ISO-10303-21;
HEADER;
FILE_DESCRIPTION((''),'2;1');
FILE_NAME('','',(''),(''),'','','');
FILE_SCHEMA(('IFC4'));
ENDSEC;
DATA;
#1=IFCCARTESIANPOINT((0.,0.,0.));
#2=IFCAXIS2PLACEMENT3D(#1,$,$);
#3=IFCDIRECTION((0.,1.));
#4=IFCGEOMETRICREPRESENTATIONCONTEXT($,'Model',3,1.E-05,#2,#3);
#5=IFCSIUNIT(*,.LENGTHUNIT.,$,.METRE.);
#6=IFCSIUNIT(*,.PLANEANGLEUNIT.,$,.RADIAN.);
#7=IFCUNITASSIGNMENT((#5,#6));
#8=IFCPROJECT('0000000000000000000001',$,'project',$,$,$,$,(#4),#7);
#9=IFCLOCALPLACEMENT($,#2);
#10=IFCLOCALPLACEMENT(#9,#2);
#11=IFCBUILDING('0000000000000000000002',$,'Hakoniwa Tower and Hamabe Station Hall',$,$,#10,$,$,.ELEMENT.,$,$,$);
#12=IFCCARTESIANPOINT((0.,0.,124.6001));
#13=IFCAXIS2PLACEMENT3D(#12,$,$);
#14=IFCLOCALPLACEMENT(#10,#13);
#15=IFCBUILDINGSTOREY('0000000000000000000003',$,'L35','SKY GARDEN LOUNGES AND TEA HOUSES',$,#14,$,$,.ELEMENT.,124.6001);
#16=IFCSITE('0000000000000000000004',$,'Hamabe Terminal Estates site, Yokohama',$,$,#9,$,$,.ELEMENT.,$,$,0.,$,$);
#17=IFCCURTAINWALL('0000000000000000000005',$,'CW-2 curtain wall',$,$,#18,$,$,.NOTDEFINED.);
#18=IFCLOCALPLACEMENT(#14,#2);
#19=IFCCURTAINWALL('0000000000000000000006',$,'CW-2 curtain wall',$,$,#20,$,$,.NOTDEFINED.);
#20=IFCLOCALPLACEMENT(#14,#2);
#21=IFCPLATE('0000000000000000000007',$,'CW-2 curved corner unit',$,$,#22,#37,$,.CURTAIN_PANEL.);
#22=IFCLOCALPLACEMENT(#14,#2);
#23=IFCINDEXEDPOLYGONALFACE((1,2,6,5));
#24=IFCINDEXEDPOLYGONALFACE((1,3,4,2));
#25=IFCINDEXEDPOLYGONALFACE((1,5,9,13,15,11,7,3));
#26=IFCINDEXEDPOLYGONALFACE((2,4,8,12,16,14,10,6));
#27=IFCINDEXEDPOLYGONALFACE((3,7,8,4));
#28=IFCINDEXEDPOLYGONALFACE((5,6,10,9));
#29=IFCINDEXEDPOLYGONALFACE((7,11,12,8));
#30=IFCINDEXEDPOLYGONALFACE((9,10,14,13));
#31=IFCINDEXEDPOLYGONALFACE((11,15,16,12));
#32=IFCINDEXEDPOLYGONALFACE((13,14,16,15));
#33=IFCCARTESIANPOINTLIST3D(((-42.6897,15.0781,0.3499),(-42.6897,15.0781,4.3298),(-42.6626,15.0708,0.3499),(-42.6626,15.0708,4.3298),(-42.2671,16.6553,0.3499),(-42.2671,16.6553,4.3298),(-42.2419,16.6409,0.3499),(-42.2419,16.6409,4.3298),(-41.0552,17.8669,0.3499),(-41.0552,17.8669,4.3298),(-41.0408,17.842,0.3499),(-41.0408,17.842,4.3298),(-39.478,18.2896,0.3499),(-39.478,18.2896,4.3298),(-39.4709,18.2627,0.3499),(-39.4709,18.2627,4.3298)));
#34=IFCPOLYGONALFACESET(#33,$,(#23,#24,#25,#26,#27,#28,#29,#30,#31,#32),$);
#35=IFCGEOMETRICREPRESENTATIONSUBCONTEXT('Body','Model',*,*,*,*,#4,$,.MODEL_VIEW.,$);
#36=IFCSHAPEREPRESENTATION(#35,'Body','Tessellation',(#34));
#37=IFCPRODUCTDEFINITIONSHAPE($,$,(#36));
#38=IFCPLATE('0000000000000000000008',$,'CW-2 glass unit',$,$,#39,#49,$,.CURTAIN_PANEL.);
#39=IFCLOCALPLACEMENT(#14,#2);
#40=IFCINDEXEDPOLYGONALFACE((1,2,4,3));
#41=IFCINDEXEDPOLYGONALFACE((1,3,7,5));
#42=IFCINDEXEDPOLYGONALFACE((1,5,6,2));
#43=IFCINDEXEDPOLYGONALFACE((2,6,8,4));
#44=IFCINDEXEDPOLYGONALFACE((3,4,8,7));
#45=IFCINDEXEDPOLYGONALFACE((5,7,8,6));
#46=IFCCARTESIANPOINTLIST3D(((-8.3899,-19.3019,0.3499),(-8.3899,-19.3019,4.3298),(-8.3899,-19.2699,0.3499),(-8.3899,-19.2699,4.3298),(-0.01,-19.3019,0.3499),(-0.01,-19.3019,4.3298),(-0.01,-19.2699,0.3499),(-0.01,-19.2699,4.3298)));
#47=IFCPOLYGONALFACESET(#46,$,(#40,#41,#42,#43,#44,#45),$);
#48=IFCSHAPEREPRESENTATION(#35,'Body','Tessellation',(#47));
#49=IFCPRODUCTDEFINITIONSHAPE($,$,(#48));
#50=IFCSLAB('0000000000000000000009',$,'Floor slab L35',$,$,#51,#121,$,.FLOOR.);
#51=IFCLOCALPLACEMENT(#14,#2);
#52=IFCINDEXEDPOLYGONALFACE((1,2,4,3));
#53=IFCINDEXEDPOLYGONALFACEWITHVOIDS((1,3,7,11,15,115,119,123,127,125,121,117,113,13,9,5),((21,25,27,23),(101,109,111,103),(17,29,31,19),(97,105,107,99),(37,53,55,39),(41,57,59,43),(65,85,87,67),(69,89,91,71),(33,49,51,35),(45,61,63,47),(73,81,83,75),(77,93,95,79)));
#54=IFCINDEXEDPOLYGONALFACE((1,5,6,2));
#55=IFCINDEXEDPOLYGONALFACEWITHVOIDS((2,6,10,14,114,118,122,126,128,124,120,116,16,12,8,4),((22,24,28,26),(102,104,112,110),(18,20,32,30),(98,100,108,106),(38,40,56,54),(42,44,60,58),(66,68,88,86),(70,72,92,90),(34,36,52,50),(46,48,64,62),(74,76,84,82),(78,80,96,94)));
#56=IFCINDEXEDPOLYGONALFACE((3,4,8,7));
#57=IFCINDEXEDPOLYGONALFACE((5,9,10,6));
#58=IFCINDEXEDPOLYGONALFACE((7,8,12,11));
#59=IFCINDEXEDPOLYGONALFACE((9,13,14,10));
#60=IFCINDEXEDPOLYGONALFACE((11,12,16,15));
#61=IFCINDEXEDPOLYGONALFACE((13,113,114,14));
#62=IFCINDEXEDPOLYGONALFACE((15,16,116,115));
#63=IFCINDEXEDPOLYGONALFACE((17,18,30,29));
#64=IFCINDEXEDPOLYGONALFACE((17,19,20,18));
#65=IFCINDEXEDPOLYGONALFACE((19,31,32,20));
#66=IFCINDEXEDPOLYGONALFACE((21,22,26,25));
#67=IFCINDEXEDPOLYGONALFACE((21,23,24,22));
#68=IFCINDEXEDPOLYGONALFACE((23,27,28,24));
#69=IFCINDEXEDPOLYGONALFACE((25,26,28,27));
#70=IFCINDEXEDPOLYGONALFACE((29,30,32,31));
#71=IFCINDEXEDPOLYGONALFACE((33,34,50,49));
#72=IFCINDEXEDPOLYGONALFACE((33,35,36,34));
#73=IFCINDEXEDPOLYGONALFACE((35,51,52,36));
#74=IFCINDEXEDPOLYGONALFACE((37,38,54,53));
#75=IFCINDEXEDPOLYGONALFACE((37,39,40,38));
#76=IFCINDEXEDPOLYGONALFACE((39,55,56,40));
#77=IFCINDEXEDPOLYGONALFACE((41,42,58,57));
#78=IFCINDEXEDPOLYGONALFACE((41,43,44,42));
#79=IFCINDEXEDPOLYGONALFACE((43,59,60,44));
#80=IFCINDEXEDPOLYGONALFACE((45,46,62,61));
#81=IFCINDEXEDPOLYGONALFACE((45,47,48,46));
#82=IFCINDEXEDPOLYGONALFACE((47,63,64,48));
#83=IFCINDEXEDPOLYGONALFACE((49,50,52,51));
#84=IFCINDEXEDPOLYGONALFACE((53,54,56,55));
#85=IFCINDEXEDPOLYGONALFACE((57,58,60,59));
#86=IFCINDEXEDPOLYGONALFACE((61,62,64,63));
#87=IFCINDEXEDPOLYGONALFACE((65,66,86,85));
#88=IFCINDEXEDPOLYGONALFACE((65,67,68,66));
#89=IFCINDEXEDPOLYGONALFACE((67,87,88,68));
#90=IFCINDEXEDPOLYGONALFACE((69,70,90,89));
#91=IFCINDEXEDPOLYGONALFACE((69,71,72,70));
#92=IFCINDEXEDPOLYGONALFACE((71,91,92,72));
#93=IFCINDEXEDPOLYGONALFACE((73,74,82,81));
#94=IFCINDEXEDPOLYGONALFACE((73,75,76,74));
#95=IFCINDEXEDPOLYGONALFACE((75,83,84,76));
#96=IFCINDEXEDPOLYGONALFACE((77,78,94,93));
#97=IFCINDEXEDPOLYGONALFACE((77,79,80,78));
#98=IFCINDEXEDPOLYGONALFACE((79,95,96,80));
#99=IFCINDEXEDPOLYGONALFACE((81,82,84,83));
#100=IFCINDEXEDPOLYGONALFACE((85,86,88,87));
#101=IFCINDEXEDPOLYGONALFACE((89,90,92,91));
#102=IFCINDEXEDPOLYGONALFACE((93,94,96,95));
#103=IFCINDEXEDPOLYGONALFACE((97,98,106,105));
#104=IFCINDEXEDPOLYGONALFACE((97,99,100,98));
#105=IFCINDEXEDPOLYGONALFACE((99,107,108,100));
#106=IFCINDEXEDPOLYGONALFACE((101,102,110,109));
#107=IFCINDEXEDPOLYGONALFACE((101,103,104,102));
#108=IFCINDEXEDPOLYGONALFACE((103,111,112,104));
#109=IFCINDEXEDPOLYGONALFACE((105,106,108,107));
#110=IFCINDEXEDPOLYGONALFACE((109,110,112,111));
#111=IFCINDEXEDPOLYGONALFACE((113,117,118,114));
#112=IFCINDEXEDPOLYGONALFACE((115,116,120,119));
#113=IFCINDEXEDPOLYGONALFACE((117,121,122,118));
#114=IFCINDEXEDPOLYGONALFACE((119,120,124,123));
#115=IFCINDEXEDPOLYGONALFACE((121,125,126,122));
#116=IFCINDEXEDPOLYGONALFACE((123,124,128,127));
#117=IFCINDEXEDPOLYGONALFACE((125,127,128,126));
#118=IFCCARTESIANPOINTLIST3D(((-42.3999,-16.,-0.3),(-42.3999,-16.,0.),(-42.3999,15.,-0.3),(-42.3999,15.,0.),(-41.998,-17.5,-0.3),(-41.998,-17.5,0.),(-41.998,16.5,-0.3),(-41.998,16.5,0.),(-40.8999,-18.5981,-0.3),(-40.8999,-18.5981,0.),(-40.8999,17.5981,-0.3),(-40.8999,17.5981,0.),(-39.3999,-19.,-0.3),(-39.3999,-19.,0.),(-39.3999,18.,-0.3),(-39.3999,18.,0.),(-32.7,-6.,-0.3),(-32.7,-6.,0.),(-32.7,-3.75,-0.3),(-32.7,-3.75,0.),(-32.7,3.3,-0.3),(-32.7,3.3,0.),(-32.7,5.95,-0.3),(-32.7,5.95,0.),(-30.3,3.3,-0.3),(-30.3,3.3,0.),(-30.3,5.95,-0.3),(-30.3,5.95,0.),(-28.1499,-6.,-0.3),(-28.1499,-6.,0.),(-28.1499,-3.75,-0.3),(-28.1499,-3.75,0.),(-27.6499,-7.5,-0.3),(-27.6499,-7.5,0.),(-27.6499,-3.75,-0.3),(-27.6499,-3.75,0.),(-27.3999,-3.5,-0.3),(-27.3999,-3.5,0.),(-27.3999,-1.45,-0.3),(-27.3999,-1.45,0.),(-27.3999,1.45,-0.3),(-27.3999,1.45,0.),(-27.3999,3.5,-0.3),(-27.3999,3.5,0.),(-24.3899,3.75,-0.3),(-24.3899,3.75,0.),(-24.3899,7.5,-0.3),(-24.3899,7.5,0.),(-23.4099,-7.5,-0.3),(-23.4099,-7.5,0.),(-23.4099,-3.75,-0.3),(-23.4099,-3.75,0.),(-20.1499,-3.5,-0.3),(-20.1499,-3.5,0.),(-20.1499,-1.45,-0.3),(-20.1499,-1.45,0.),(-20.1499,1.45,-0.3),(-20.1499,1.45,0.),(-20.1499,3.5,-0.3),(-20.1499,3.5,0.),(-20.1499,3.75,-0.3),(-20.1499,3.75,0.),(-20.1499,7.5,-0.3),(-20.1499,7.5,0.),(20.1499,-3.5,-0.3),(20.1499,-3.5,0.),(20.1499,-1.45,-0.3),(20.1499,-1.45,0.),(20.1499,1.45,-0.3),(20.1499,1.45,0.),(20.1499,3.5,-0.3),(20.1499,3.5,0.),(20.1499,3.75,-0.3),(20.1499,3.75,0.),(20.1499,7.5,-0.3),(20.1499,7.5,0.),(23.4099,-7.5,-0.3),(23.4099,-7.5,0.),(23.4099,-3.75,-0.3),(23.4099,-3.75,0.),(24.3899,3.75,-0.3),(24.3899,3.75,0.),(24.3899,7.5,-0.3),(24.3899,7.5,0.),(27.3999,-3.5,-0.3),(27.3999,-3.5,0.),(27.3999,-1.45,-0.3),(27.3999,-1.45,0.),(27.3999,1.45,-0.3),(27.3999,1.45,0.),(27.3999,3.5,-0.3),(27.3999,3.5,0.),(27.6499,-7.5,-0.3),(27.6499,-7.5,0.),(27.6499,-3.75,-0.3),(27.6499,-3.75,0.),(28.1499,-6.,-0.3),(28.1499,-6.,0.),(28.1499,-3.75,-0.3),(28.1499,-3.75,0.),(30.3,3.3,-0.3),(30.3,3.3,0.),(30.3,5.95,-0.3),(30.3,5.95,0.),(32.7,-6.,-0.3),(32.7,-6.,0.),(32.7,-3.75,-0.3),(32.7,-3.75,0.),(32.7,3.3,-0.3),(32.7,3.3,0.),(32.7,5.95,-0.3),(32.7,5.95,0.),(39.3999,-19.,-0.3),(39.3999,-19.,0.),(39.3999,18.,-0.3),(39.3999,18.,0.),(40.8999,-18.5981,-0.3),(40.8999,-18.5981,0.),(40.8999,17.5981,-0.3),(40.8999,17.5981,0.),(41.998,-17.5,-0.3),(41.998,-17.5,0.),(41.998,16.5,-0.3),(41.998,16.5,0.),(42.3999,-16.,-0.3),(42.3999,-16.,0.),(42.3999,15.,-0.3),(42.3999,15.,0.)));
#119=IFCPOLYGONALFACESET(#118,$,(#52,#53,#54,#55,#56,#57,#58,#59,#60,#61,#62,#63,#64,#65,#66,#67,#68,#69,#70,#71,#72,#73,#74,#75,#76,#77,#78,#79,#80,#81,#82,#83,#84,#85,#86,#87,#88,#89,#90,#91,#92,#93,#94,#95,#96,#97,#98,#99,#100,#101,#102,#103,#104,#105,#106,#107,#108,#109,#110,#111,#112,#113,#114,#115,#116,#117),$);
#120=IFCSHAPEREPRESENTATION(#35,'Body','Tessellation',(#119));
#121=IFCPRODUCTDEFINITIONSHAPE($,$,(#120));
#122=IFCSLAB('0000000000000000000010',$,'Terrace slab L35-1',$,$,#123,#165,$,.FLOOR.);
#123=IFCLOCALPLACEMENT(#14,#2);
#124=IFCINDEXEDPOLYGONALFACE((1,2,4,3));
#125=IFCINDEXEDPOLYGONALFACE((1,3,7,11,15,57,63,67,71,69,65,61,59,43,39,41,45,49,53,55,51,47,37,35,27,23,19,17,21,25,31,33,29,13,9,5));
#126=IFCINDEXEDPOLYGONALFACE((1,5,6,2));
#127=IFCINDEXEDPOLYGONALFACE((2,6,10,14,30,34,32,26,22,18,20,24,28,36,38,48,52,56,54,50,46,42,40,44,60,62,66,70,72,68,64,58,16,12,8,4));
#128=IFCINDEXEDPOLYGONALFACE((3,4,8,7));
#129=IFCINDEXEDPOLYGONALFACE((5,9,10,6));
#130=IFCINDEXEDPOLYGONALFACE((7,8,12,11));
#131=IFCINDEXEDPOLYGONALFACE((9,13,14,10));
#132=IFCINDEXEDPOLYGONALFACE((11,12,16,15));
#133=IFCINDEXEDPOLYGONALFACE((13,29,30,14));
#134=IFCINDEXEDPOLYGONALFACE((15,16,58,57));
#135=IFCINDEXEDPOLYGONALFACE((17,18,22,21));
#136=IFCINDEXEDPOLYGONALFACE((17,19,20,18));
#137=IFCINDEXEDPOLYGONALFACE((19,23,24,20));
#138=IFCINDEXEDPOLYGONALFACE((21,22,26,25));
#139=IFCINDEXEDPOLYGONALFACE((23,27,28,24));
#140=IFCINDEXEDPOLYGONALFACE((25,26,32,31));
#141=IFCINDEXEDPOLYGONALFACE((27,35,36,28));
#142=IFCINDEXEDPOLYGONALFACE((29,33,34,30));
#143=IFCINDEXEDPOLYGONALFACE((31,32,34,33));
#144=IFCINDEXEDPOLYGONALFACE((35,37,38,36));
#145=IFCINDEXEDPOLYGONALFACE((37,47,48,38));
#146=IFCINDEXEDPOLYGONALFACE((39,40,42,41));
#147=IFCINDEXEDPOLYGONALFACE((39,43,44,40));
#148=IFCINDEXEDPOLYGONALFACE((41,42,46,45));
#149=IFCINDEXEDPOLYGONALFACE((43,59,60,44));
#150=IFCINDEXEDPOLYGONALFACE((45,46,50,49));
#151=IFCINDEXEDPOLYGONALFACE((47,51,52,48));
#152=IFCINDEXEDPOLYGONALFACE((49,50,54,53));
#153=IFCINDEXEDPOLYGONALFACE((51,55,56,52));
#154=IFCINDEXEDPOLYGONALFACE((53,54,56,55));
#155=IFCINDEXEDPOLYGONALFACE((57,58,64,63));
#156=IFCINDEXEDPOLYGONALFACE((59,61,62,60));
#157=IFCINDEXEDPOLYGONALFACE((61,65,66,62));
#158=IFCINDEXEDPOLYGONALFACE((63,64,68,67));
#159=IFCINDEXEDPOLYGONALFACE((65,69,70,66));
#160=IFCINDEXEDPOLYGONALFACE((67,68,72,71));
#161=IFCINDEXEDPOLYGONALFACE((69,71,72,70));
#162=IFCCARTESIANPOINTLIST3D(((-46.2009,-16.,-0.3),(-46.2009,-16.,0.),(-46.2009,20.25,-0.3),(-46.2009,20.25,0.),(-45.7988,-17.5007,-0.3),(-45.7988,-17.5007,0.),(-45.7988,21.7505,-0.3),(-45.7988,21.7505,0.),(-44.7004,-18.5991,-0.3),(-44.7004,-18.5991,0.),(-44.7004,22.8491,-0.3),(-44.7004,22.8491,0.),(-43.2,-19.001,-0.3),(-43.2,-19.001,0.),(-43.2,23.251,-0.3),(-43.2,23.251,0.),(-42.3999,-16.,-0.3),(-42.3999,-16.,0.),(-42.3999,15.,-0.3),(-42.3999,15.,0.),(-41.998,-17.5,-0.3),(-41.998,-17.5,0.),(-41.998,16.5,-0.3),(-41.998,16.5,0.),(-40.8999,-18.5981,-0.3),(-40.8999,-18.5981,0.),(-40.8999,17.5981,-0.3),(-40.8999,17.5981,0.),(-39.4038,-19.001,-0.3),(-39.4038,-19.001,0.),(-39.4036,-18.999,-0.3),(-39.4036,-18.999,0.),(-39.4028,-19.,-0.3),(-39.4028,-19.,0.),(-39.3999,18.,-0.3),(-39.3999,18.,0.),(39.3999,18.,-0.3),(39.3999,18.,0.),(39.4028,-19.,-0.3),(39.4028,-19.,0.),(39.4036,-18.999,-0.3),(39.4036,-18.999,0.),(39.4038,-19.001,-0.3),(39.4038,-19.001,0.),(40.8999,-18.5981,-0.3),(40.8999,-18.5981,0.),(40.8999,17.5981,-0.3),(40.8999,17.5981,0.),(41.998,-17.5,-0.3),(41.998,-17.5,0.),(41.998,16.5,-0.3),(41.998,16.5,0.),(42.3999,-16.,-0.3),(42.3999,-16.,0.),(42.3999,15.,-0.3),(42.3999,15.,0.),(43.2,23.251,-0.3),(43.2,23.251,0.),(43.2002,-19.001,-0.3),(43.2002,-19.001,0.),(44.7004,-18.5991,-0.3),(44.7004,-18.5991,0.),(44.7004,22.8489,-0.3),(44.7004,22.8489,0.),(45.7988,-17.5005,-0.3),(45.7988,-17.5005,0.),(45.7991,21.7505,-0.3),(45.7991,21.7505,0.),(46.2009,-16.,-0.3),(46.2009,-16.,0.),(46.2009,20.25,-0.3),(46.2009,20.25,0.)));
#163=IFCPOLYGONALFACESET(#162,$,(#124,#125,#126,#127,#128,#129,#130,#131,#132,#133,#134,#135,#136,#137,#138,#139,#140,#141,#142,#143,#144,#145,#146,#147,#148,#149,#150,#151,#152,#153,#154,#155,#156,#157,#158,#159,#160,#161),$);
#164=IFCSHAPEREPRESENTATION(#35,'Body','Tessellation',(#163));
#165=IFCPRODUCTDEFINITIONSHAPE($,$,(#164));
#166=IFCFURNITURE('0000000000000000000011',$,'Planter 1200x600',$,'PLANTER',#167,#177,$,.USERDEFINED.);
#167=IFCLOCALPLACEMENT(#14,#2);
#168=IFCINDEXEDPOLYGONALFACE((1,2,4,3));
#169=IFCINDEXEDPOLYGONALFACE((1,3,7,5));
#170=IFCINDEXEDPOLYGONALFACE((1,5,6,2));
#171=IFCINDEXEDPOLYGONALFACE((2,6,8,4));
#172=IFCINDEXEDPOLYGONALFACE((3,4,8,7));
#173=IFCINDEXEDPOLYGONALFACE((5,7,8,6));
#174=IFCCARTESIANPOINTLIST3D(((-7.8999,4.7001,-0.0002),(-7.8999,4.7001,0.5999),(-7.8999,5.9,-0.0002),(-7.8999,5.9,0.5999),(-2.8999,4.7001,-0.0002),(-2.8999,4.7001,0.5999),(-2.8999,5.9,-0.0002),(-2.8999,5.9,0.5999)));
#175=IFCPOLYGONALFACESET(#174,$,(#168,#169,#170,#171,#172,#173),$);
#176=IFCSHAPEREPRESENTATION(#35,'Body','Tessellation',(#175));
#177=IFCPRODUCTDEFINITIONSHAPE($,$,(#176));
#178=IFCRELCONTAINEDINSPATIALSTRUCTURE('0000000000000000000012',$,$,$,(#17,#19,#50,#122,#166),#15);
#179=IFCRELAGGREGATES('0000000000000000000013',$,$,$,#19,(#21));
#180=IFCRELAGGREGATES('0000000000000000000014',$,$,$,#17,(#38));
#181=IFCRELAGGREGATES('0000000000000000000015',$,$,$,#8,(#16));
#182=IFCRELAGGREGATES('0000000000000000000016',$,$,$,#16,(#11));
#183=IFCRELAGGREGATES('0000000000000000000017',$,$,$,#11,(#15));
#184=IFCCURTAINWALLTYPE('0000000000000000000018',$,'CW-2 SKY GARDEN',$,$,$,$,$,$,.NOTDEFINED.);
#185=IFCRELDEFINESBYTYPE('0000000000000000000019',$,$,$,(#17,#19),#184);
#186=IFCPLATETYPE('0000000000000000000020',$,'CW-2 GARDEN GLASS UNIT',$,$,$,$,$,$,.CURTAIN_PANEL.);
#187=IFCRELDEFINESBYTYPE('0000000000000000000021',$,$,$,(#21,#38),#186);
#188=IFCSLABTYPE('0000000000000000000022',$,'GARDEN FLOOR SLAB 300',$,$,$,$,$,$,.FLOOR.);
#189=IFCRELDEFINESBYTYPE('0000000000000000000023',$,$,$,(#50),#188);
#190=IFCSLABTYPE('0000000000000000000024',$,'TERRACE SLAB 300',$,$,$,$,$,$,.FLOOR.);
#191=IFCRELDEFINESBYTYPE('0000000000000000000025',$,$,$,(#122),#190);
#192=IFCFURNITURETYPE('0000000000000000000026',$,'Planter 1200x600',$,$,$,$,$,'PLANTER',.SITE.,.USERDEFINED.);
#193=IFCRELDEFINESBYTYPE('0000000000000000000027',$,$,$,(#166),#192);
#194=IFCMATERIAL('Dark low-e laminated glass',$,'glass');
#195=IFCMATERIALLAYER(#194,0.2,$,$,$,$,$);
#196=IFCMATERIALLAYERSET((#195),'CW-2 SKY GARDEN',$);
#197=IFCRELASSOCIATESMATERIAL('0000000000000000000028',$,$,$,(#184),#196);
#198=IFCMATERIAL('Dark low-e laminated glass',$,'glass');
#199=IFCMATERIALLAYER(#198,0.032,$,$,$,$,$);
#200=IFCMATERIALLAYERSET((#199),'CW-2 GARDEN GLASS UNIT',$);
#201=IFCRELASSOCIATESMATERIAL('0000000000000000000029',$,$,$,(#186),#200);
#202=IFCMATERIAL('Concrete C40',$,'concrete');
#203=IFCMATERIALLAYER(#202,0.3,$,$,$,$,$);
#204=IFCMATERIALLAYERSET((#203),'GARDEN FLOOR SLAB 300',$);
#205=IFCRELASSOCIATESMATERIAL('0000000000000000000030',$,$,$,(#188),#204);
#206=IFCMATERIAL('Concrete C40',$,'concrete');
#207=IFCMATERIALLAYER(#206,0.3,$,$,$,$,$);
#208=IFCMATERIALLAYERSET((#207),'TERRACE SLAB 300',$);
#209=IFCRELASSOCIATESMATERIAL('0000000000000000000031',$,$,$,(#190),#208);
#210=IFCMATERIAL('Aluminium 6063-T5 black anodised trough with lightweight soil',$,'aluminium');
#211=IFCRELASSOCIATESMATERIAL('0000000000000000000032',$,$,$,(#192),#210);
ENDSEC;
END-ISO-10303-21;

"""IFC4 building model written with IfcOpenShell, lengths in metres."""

from ifc_helpers import new_model, si_unit, direction, frame, origin, origin_2d, place, context, subcontext, project, spatial, polyline, rectangle, outline, extrude, material, layer, layer_set, type_object, element, aggregate, save


model = new_model("IFC4")

# Units and contexts
model_context = context("Model", 3, precision=1e-05, world=origin(), true_north=direction((0.0, 1.0)))
body_context = subcontext(model_context, "Body", "Model", "MODEL_VIEW")
ifc_project = project(units=[si_unit("LENGTHUNIT", "METRE"), si_unit("PLANEANGLEUNIT", "RADIAN")], contexts=[model_context])

# Site, building, storey
site_placement = place(None, origin())
site = spatial("IfcSite", under=ifc_project, at=site_placement, Name="Hamabe Terminal Estates site, Yokohama", CompositionType="ELEMENT", RefElevation=0.0)
building_placement = place(site_placement, origin())
building = spatial("IfcBuilding", under=site, at=building_placement, Name="Hakoniwa Tower and Hamabe Station Hall", CompositionType="ELEMENT")
storey_placement = place(building_placement, frame((0.0, 0.0, 124.6001)))
storey = spatial("IfcBuildingStorey", under=building, at=storey_placement, Name="L35", Description="SKY GARDEN LOUNGES AND TEA HOUSES", CompositionType="ELEMENT", Elevation=124.6001)

# Curtain wall
ifc_material_1 = material(Name="Dark low-e laminated glass", Category="glass")
ifc_layer_1 = layer(ifc_material_1, 0.2)
ifc_layer_set_1 = layer_set([ifc_layer_1], Name="CW-2 SKY GARDEN")
curtain_wall_type = type_object("IfcCurtainWallType", Name="CW-2 SKY GARDEN", PredefinedType="NOTDEFINED", material=ifc_layer_set_1)
curtain_wall_1_placement = place(storey_placement, origin())
curtain_wall_1 = element("IfcCurtainWall", 1, at=curtain_wall_1_placement, inside=storey, type_object=curtain_wall_type, Name="CW-2 curtain wall", PredefinedType="NOTDEFINED")

# Shared definitions
ifc_material_2 = material(Name="Dark low-e laminated glass", Category="glass")
ifc_layer_2 = layer(ifc_material_2, 0.032)
ifc_layer_set_2 = layer_set([ifc_layer_2], Name="CW-2 GARDEN GLASS UNIT")
plate_type = type_object("IfcPlateType", Name="CW-2 GARDEN GLASS UNIT", PredefinedType="CURTAIN_PANEL", material=ifc_layer_set_2)

# Curtain wall, plate
curtain_wall_2_placement = place(storey_placement, origin())
curtain_wall_2 = element("IfcCurtainWall", 2, at=curtain_wall_2_placement, inside=storey, type_object=curtain_wall_type, Name="CW-2 curtain wall", PredefinedType="NOTDEFINED")
plate_1_placement = place(storey_placement, frame((0.0, 0.0, 0.3499)))
plate_1 = element("IfcPlate", 3, at=plate_1_placement, type_object=plate_type, Name="CW-2 curved corner unit", PredefinedType="CURTAIN_PANEL", context=body_context, shape_type="SweptSolid", body=[
    extrude(outline(polyline([(-39.478, 18.2896), (-41.0552, 17.8669), (-42.2671, 16.6553), (-42.6897, 15.0781), (-42.6626, 15.0708), (-42.2419, 16.6409), (-41.0408, 17.842), (-39.4709, 18.2627), (-39.478, 18.2896)])), origin(), (0.0, 0.0, 1.0), 3.98),
])
aggregate(curtain_wall_2, [plate_1])

# Plate
plate_2_placement = place(storey_placement, frame((-4.2, -19.2859, 0.3499), z_axis=(0.0, 0.0, 1.0), x_axis=(1.0, 0.0, 0.0)))
plate_2 = element("IfcPlate", 4, at=plate_2_placement, type_object=plate_type, Name="CW-2 glass unit", PredefinedType="CURTAIN_PANEL", context=body_context, shape_type="SweptSolid", body=[
    extrude(rectangle(XDim=8.3799, YDim=0.032, at=origin_2d()), origin(), (0.0, 0.0, 1.0), 3.98),
])
aggregate(curtain_wall_1, [plate_2])

# Slabs
ifc_material_3 = material(Name="Concrete C40", Category="concrete")
ifc_layer_3 = layer(ifc_material_3, 0.3)
ifc_layer_set_3 = layer_set([ifc_layer_3], Name="GARDEN FLOOR SLAB 300")
slab_type_1 = type_object("IfcSlabType", Name="GARDEN FLOOR SLAB 300", PredefinedType="FLOOR", material=ifc_layer_set_3)
slab_1_placement = place(storey_placement, frame((0.0, 0.0, -0.3)))
element("IfcSlab", 5, at=slab_1_placement, inside=storey, type_object=slab_type_1, Name="Floor slab L35", PredefinedType="FLOOR", context=body_context, shape_type="SweptSolid", body=[
    extrude(outline(polyline([(42.3999, -16.0), (42.3999, 15.0), (41.998, 16.5), (40.8999, 17.5981), (39.3999, 18.0), (-39.3999, 18.0), (-40.8999, 17.5981), (-41.998, 16.5), (-42.3999, 15.0), (-42.3999, -16.0), (-41.998, -17.5), (-40.8999, -18.5981), (-39.3999, -19.0), (39.3999, -19.0), (40.8999, -18.5981), (41.998, -17.5), (42.3999, -16.0)]), holes=[polyline([(-27.3999, 1.45), (-27.3999, 3.5), (-20.1499, 3.5), (-20.1499, 1.45), (-27.3999, 1.45)]), polyline([(-27.3999, -3.5), (-27.3999, -1.45), (-20.1499, -1.45), (-20.1499, -3.5), (-27.3999, -3.5)]), polyline([(-32.7, 3.3), (-32.7, 5.95), (-30.3, 5.95), (-30.3, 3.3), (-32.7, 3.3)]), polyline([(-32.7, -6.0), (-32.7, -3.75), (-28.1499, -3.75), (-28.1499, -6.0), (-32.7, -6.0)]), polyline([(-24.3899, 3.75), (-24.3899, 7.5), (-20.1499, 7.5), (-20.1499, 3.75), (-24.3899, 3.75)]), polyline([(-27.6499, -7.5), (-27.6499, -3.75), (-23.4099, -3.75), (-23.4099, -7.5), (-27.6499, -7.5)]), polyline([(20.1499, 1.45), (20.1499, 3.5), (27.3999, 3.5), (27.3999, 1.45), (20.1499, 1.45)]), polyline([(20.1499, -3.5), (20.1499, -1.45), (27.3999, -1.45), (27.3999, -3.5), (20.1499, -3.5)]), polyline([(30.3, 3.3), (30.3, 5.95), (32.7, 5.95), (32.7, 3.3), (30.3, 3.3)]), polyline([(28.1499, -6.0), (28.1499, -3.75), (32.7, -3.75), (32.7, -6.0), (28.1499, -6.0)]), polyline([(20.1499, 3.75), (20.1499, 7.5), (24.3899, 7.5), (24.3899, 3.75), (20.1499, 3.75)]), polyline([(23.4099, -7.5), (23.4099, -3.75), (27.6499, -3.75), (27.6499, -7.5), (23.4099, -7.5)])]), origin(), (0.0, 0.0, 1.0), 0.3),
])
ifc_material_4 = material(Name="Concrete C40", Category="concrete")
ifc_layer_4 = layer(ifc_material_4, 0.3)
ifc_layer_set_4 = layer_set([ifc_layer_4], Name="TERRACE SLAB 300")
slab_type_2 = type_object("IfcSlabType", Name="TERRACE SLAB 300", PredefinedType="FLOOR", material=ifc_layer_set_4)
slab_2_placement = place(storey_placement, frame((0.0, 0.0, -0.3)))
element("IfcSlab", 6, at=slab_2_placement, inside=storey, type_object=slab_type_2, Name="Terrace slab L35-1", PredefinedType="FLOOR", context=body_context, shape_type="SweptSolid", body=[
    extrude(outline(polyline([(-43.2, -19.001), (-39.4038, -19.001), (-39.4028, -19.0), (-39.4036, -18.999), (-40.8999, -18.5981), (-41.998, -17.5), (-42.3999, -16.0), (-42.3999, 15.0), (-41.998, 16.5), (-40.8999, 17.5981), (-39.3999, 18.0), (39.3999, 18.0), (40.8999, 17.5981), (41.998, 16.5), (42.3999, 15.0), (42.3999, -16.0), (41.998, -17.5), (40.8999, -18.5981), (39.4036, -18.999), (39.4028, -19.0), (39.4038, -19.001), (43.2002, -19.001), (44.7004, -18.5991), (45.7988, -17.5005), (46.2009, -16.0), (46.2009, 20.25), (45.7991, 21.7505), (44.7004, 22.8489), (43.2, 23.251), (-43.2, 23.251), (-44.7004, 22.8491), (-45.7988, 21.7505), (-46.2009, 20.25), (-46.2009, -16.0), (-45.7988, -17.5007), (-44.7004, -18.5991), (-43.2, -19.001)])), origin(), (0.0, 0.0, 1.0), 0.3),
])

# Furniture
ifc_material_5 = material(Name="Aluminium 6063-T5 black anodised trough with lightweight soil", Category="aluminium")
furniture_type = type_object("IfcFurnitureType", Name="Planter 1200x600", ElementType="PLANTER", AssemblyPlace="SITE", PredefinedType="USERDEFINED", material=ifc_material_5)
for number, where, z_axis, x_axis, name in (
    (7, (-5.3999, 5.3, -0.0002), (0.0, 0.0, 1.0), (1.0, 0.0, 0.0), "Planter 1200x600"),
):
    element("IfcFurniture", number, at=place(storey_placement, frame(where, z_axis=z_axis, x_axis=x_axis)), inside=storey, type_object=furniture_type, Name=name, ObjectType="PLANTER", PredefinedType="USERDEFINED", context=body_context, shape_type="SweptSolid", body=[
        extrude(rectangle(XDim=5.0, YDim=1.2, at=origin_2d()), origin(), (0.0, 0.0, 1.0), 0.6001),
    ])

save(model, "model.ifc")
